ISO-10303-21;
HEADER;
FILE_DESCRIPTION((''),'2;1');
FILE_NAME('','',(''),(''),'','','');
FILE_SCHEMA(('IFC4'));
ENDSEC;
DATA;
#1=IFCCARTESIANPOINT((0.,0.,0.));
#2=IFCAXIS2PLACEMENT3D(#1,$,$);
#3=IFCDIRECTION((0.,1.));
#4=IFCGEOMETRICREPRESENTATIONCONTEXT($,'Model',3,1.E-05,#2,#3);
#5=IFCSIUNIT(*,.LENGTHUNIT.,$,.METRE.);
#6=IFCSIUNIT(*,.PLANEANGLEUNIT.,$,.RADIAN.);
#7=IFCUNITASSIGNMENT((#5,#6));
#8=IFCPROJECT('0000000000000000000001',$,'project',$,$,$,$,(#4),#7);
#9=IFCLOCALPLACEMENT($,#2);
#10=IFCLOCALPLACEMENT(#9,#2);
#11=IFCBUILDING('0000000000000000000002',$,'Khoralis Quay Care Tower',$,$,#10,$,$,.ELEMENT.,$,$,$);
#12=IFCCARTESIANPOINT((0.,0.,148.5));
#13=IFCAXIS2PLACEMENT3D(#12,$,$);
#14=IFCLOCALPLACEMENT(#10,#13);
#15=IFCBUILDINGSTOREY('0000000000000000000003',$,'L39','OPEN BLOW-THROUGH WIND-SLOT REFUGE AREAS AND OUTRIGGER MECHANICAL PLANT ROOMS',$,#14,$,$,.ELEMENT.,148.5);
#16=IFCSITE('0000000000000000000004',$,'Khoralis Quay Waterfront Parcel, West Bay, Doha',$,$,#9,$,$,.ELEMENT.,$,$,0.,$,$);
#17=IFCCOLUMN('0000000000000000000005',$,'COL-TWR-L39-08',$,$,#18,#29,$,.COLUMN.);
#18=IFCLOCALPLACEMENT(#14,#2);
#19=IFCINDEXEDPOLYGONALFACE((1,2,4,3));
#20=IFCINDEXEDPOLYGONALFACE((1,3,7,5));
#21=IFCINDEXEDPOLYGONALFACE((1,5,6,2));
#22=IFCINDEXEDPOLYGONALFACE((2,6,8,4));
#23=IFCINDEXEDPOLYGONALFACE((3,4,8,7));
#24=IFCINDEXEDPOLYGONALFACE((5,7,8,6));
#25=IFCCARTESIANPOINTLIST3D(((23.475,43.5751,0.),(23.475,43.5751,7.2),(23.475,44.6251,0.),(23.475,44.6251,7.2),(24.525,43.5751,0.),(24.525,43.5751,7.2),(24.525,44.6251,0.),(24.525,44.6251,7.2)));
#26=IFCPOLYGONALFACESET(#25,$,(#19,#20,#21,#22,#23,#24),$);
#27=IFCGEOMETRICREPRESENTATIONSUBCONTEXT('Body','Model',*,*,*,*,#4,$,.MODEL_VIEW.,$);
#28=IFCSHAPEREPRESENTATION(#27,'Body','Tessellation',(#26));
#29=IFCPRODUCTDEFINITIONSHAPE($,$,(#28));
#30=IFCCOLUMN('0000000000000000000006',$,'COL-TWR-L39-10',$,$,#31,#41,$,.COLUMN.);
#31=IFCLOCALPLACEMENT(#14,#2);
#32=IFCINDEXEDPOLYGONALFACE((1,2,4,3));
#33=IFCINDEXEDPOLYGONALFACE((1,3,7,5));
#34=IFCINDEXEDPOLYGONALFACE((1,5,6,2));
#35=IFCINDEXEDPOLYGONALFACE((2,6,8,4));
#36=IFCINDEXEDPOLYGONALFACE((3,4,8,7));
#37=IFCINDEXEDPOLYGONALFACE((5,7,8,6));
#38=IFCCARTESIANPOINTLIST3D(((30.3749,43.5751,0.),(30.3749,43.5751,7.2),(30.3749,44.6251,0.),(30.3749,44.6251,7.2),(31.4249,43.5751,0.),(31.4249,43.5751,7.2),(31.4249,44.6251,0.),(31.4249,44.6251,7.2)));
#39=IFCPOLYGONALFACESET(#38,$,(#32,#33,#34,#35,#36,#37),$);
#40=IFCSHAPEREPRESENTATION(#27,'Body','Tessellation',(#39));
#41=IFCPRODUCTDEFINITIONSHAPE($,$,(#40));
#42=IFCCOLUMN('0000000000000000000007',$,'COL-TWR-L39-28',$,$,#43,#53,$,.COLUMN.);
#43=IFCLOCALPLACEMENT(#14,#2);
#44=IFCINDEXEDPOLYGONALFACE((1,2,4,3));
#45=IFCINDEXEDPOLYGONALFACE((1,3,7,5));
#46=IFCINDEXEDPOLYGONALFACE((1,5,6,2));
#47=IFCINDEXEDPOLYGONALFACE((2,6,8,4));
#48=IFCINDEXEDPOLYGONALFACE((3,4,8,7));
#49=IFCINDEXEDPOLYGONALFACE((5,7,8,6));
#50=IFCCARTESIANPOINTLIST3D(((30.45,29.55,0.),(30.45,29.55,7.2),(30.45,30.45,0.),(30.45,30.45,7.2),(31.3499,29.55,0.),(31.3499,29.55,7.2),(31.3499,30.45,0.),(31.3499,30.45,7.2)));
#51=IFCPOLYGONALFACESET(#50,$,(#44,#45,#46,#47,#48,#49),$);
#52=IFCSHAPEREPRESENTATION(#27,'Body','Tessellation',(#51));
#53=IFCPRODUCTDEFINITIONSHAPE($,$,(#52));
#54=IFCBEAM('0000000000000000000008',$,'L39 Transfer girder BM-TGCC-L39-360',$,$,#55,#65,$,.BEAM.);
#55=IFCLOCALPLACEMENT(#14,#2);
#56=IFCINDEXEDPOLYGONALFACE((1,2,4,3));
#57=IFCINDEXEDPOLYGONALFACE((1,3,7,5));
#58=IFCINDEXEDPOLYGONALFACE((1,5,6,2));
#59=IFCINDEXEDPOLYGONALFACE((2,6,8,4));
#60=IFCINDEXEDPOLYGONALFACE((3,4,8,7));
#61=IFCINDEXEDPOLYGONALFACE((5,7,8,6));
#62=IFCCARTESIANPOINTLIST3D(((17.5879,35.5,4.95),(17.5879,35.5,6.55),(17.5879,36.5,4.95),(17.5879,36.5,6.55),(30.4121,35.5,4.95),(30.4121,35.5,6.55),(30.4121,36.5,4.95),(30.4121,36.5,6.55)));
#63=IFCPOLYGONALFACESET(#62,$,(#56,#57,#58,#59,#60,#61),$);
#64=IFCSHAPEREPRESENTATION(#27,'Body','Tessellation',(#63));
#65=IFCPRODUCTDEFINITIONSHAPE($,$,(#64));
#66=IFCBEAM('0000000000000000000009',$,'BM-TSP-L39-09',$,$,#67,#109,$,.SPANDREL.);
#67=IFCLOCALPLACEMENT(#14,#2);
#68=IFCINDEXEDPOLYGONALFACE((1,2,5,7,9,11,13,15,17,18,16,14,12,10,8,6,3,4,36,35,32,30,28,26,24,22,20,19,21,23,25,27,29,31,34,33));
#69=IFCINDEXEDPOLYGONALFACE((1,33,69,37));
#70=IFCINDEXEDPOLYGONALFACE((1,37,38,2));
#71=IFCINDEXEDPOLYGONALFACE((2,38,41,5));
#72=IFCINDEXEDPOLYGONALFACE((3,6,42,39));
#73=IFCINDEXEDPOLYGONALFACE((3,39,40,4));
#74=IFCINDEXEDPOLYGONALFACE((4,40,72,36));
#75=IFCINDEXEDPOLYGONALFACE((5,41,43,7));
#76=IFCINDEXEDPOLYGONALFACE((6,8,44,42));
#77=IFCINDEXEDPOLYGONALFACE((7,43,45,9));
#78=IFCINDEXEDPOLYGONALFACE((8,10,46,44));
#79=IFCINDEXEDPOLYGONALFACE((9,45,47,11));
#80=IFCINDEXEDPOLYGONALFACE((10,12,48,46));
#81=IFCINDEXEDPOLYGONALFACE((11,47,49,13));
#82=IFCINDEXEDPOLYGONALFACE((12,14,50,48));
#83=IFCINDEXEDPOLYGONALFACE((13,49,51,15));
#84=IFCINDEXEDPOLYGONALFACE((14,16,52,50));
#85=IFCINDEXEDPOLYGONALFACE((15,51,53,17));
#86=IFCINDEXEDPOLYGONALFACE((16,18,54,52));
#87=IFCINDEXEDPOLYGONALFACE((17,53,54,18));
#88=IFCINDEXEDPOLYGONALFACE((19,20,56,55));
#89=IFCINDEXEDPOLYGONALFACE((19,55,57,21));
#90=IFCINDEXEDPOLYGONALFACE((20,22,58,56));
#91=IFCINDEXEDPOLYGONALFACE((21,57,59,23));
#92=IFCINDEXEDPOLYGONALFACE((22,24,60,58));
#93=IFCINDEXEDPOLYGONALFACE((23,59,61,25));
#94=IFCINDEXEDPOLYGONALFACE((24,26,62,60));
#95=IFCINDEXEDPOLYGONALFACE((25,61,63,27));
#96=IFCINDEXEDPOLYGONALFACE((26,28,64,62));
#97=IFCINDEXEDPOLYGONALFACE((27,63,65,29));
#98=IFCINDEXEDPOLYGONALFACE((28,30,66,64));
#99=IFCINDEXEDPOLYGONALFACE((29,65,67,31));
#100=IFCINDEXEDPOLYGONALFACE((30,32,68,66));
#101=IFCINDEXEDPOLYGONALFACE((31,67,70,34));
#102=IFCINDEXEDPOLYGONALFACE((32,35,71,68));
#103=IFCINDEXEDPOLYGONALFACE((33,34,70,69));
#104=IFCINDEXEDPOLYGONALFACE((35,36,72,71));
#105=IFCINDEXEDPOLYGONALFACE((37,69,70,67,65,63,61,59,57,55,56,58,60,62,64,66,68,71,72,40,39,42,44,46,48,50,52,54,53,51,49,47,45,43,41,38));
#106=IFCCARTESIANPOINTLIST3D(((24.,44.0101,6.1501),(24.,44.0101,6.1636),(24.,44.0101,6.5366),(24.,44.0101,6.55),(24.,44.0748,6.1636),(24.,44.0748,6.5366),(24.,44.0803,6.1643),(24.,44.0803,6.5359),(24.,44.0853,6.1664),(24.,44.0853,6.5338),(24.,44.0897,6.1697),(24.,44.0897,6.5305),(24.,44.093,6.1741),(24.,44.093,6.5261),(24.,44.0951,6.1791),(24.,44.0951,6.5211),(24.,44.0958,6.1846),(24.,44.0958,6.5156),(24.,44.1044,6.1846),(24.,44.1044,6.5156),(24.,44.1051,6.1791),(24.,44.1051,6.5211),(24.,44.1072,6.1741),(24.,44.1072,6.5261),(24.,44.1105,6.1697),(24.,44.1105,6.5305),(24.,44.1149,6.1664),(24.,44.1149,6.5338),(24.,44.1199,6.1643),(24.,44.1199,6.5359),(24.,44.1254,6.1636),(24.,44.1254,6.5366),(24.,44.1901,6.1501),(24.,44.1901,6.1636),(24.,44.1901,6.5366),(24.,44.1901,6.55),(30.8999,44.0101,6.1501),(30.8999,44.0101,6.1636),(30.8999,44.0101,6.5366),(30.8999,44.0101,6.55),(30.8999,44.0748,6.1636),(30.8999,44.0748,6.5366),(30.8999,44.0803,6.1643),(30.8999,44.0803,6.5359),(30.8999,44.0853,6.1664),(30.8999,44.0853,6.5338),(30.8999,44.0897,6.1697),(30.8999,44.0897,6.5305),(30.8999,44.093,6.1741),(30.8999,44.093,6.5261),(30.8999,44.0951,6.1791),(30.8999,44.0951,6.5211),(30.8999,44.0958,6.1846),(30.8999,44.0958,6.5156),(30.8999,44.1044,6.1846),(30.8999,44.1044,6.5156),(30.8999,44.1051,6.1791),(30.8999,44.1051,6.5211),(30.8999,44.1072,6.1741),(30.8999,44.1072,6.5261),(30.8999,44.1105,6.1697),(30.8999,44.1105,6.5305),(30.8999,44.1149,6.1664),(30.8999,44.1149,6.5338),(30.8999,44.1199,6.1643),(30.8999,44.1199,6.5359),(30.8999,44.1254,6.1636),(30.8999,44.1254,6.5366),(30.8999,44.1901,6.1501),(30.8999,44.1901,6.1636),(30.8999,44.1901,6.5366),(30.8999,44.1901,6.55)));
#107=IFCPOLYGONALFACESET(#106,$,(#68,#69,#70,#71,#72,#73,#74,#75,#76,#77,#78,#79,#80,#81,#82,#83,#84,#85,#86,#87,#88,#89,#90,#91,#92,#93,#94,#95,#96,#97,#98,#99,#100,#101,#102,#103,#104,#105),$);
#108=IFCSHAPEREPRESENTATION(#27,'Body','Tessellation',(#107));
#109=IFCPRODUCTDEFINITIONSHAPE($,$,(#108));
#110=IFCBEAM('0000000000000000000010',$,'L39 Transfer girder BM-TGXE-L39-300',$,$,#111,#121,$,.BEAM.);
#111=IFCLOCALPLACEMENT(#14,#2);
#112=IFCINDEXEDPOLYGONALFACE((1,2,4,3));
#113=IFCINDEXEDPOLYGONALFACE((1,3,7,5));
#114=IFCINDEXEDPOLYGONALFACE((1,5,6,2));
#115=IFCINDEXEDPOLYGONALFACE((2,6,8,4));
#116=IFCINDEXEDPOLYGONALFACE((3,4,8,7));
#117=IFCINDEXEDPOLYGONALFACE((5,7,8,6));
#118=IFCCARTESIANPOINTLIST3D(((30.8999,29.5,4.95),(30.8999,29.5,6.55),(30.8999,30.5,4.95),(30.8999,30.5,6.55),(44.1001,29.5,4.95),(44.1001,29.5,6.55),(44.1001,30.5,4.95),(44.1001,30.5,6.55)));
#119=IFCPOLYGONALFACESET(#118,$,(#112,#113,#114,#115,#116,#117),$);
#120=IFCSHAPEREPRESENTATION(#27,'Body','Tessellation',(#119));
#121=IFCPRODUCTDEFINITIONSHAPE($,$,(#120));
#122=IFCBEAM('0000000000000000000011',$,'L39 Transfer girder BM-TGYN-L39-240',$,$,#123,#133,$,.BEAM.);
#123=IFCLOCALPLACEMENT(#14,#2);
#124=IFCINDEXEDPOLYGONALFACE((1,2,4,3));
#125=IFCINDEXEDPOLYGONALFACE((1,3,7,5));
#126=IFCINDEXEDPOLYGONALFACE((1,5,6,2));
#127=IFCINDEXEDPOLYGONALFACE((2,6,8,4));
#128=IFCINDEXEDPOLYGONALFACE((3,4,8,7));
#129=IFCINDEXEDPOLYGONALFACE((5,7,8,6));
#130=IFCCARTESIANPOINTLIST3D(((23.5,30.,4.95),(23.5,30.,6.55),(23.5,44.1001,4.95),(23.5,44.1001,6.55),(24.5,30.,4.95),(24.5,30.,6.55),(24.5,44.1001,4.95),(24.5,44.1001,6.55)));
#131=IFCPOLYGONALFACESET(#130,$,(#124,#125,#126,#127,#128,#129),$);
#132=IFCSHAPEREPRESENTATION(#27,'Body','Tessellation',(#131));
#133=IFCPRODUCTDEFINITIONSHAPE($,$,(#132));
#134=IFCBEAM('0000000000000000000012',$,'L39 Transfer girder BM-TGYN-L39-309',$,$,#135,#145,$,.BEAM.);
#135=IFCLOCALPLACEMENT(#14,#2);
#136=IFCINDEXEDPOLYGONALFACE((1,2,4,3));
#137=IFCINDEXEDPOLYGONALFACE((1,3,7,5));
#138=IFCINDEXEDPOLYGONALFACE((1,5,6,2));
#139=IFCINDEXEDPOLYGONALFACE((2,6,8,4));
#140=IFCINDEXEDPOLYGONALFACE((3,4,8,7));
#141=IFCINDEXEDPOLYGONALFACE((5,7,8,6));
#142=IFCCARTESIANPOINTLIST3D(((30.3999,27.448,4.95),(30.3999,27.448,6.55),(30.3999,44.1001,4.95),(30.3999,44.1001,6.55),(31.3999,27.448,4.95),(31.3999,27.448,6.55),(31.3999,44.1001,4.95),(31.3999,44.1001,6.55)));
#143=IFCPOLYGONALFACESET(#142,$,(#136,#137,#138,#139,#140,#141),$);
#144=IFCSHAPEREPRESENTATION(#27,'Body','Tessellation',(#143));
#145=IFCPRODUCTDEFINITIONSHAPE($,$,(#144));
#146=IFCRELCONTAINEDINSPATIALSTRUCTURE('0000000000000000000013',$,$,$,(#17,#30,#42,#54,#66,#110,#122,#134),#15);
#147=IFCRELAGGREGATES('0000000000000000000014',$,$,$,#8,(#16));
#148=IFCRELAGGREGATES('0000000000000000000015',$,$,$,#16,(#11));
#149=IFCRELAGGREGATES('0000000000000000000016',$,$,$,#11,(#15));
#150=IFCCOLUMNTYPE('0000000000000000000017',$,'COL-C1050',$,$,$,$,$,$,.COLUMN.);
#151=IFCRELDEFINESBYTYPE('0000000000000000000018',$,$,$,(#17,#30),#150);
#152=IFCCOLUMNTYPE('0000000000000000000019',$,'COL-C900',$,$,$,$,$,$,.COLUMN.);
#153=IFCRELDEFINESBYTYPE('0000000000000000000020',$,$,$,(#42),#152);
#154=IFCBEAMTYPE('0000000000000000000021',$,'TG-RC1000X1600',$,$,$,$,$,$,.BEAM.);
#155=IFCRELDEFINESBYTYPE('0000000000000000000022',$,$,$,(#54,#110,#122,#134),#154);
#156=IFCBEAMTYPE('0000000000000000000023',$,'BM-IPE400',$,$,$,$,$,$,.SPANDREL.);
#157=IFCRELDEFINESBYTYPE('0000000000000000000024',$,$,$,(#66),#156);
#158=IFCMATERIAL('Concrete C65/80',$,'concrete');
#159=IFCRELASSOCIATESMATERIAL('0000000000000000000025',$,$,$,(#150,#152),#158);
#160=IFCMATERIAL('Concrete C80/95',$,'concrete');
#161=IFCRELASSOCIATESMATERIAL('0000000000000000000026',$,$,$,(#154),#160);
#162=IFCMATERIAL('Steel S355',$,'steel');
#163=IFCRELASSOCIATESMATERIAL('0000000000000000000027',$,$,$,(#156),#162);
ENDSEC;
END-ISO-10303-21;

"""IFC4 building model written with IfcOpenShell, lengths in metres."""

from ifc_helpers import new_model, si_unit, direction, frame, origin, origin_2d, place, context, subcontext, project, spatial, rectangle, i_section, extrude, source, transform, mapped, material, material_profile, profile_set, type_object, element, save


model = new_model("IFC4")

# Units and contexts
model_context = context("Model", 3, precision=1e-05, world=origin(), true_north=direction((0.0, 1.0)))
body_context = subcontext(model_context, "Body", "Model", "MODEL_VIEW")
ifc_project = project(units=[si_unit("LENGTHUNIT", "METRE"), si_unit("PLANEANGLEUNIT", "RADIAN")], contexts=[model_context])

# Site, building, storey
site_placement = place(None, origin())
site = spatial("IfcSite", under=ifc_project, at=site_placement, Name="Khoralis Quay Waterfront Parcel, West Bay, Doha", CompositionType="ELEMENT", RefElevation=0.0)
building_placement = place(site_placement, origin())
building = spatial("IfcBuilding", under=site, at=building_placement, Name="Khoralis Quay Care Tower", CompositionType="ELEMENT")
storey_placement = place(building_placement, frame((0.0, 0.0, 148.5)))
storey = spatial("IfcBuildingStorey", under=building, at=storey_placement, Name="L39", Description="OPEN BLOW-THROUGH WIND-SLOT REFUGE AREAS AND OUTRIGGER MECHANICAL PLANT ROOMS", CompositionType="ELEMENT", Elevation=148.5)

# Columns
ifc_material_1 = material(Name="Concrete C65/80", Category="concrete")
ifc_material_profile_1 = material_profile(ifc_material_1, rectangle(XDim=1.05, YDim=1.05, at=origin_2d()), Name="Concrete C65/80")
ifc_profile_set_1 = profile_set([ifc_material_profile_1], Name="Concrete C65/80")
column_type_1 = type_object("IfcColumnType", Name="COL-C1050", PredefinedType="COLUMN", material=ifc_profile_set_1)
shared_shape_1 = source(origin(), body_context, "Body", "SweptSolid", [
    extrude(rectangle(XDim=1.05, YDim=1.05, at=origin_2d()), origin(), (0.0, 0.0, 1.0), 7.2),
])
for number, where, z_axis, x_axis, name in (
    (1, (24.0, 44.1001, 0.0), (0.0, 0.0, 1.0), (1.0, 0.0, 0.0), "COL-TWR-L39-08"),
    (2, (30.8999, 44.1001, 0.0), (0.0, 0.0, 1.0), (1.0, 0.0, 0.0), "COL-TWR-L39-10"),
):
    element("IfcColumn", number, at=place(storey_placement, frame(where, z_axis=z_axis, x_axis=x_axis)), inside=storey, type_object=column_type_1, Name=name, PredefinedType="COLUMN", context=body_context, shape_type="MappedRepresentation", body=[
        mapped(shared_shape_1, transform((0.0, 0.0, 0.0), scale=1.0)),
    ])
ifc_material_profile_2 = material_profile(ifc_material_1, rectangle(XDim=0.8999, YDim=0.8999, at=origin_2d()), Name="Concrete C65/80")
ifc_profile_set_2 = profile_set([ifc_material_profile_2], Name="Concrete C65/80")
column_type_2 = type_object("IfcColumnType", Name="COL-C900", PredefinedType="COLUMN", material=ifc_profile_set_2)
shared_shape_2 = source(origin(), body_context, "Body", "SweptSolid", [
    extrude(rectangle(XDim=0.8999, YDim=0.8999, at=origin_2d()), origin(), (0.0, 0.0, 1.0), 7.2),
])
column_placement = place(storey_placement, frame((30.8999, 30.0, 0.0), z_axis=(0.0, 0.0, 1.0), x_axis=(1.0, 0.0, 0.0)))
element("IfcColumn", 3, at=column_placement, inside=storey, type_object=column_type_2, Name="COL-TWR-L39-28", PredefinedType="COLUMN", context=body_context, shape_type="MappedRepresentation", body=[
    mapped(shared_shape_2, transform((0.0, 0.0, 0.0), scale=1.0)),
])

# Beams
ifc_material_2 = material(Name="Concrete C80/95", Category="concrete")
ifc_material_profile_3 = material_profile(ifc_material_2, rectangle(XDim=1.0, YDim=1.6001, at=origin_2d()), Name="Concrete C80/95")
ifc_profile_set_3 = profile_set([ifc_material_profile_3], Name="Concrete C80/95")
beam_type_1 = type_object("IfcBeamType", Name="TG-RC1000X1600", PredefinedType="BEAM", material=ifc_profile_set_3)
shared_shape_3 = source(origin(), body_context, "Body", "SweptSolid", [
    extrude(rectangle(XDim=1.0, YDim=1.6001, at=origin_2d()), origin(), (0.0, 0.0, 1.0), 12.8242),
])
beam_1_placement = place(storey_placement, frame((17.5879, 36.0, 5.75), z_axis=(1.0, 0.0, 0.0), x_axis=(0.0, 1.0, 0.0)))
element("IfcBeam", 4, at=beam_1_placement, inside=storey, type_object=beam_type_1, Name="L39 Transfer girder BM-TGCC-L39-360", PredefinedType="BEAM", context=body_context, shape_type="MappedRepresentation", body=[
    mapped(shared_shape_3, transform((0.0, 0.0, 0.0), scale=1.0)),
])
ifc_material_3 = material(Name="Steel S355", Category="steel")
ifc_material_profile_4 = material_profile(ifc_material_3, i_section(OverallWidth=0.1799, OverallDepth=0.3999, WebThickness=0.0085, FlangeThickness=0.0134, FilletRadius=0.021, at=origin_2d()), Name="Steel S355")
ifc_profile_set_4 = profile_set([ifc_material_profile_4], Name="Steel S355")
beam_type_2 = type_object("IfcBeamType", Name="BM-IPE400", PredefinedType="SPANDREL", material=ifc_profile_set_4)
shared_shape_4 = source(origin(), body_context, "Body", "SweptSolid", [
    extrude(i_section(OverallWidth=0.1799, OverallDepth=0.3999, WebThickness=0.0085, FlangeThickness=0.0134, FilletRadius=0.021, at=origin_2d()), origin(), (0.0, 0.0, 1.0), 6.8999),
])
beam_2_placement = place(storey_placement, frame((24.0, 44.1001, 6.3501), z_axis=(1.0, 0.0, 0.0), x_axis=(0.0, 1.0, 0.0)))
element("IfcBeam", 5, at=beam_2_placement, inside=storey, type_object=beam_type_2, Name="BM-TSP-L39-09", PredefinedType="SPANDREL", context=body_context, shape_type="MappedRepresentation", body=[
    mapped(shared_shape_4, transform((0.0, 0.0, 0.0), scale=1.0)),
])
shared_shape_5 = source(origin(), body_context, "Body", "SweptSolid", [
    extrude(rectangle(XDim=1.0, YDim=1.6001, at=origin_2d()), origin(), (0.0, 0.0, 1.0), 13.2002),
])
beam_3_placement = place(storey_placement, frame((30.8999, 30.0, 5.75), z_axis=(1.0, 0.0, 0.0), x_axis=(0.0, 1.0, 0.0)))
element("IfcBeam", 6, at=beam_3_placement, inside=storey, type_object=beam_type_1, Name="L39 Transfer girder BM-TGXE-L39-300", PredefinedType="BEAM", context=body_context, shape_type="MappedRepresentation", body=[
    mapped(shared_shape_5, transform((0.0, 0.0, 0.0), scale=1.0)),
])
shared_shape_6 = source(origin(), body_context, "Body", "SweptSolid", [
    extrude(rectangle(XDim=1.0, YDim=1.6001, at=origin_2d()), origin(), (0.0, 0.0, 1.0), 14.1001),
])
beam_4_placement = place(storey_placement, frame((24.0, 30.0, 5.75), z_axis=(0.0, 1.0, 0.0), x_axis=(-1.0, 0.0, 0.0)))
element("IfcBeam", 7, at=beam_4_placement, inside=storey, type_object=beam_type_1, Name="L39 Transfer girder BM-TGYN-L39-240", PredefinedType="BEAM", context=body_context, shape_type="MappedRepresentation", body=[
    mapped(shared_shape_6, transform((0.0, 0.0, 0.0), scale=1.0)),
])
shared_shape_7 = source(origin(), body_context, "Body", "SweptSolid", [
    extrude(rectangle(XDim=1.0, YDim=1.6001, at=origin_2d()), origin(), (0.0, 0.0, 1.0), 16.6521),
])
beam_5_placement = place(storey_placement, frame((30.8999, 27.448, 5.75), z_axis=(0.0, 1.0, 0.0), x_axis=(-1.0, 0.0, 0.0)))
element("IfcBeam", 8, at=beam_5_placement, inside=storey, type_object=beam_type_1, Name="L39 Transfer girder BM-TGYN-L39-309", PredefinedType="BEAM", context=body_context, shape_type="MappedRepresentation", body=[
    mapped(shared_shape_7, transform((0.0, 0.0, 0.0), scale=1.0)),
])

save(model, "model.ifc")
